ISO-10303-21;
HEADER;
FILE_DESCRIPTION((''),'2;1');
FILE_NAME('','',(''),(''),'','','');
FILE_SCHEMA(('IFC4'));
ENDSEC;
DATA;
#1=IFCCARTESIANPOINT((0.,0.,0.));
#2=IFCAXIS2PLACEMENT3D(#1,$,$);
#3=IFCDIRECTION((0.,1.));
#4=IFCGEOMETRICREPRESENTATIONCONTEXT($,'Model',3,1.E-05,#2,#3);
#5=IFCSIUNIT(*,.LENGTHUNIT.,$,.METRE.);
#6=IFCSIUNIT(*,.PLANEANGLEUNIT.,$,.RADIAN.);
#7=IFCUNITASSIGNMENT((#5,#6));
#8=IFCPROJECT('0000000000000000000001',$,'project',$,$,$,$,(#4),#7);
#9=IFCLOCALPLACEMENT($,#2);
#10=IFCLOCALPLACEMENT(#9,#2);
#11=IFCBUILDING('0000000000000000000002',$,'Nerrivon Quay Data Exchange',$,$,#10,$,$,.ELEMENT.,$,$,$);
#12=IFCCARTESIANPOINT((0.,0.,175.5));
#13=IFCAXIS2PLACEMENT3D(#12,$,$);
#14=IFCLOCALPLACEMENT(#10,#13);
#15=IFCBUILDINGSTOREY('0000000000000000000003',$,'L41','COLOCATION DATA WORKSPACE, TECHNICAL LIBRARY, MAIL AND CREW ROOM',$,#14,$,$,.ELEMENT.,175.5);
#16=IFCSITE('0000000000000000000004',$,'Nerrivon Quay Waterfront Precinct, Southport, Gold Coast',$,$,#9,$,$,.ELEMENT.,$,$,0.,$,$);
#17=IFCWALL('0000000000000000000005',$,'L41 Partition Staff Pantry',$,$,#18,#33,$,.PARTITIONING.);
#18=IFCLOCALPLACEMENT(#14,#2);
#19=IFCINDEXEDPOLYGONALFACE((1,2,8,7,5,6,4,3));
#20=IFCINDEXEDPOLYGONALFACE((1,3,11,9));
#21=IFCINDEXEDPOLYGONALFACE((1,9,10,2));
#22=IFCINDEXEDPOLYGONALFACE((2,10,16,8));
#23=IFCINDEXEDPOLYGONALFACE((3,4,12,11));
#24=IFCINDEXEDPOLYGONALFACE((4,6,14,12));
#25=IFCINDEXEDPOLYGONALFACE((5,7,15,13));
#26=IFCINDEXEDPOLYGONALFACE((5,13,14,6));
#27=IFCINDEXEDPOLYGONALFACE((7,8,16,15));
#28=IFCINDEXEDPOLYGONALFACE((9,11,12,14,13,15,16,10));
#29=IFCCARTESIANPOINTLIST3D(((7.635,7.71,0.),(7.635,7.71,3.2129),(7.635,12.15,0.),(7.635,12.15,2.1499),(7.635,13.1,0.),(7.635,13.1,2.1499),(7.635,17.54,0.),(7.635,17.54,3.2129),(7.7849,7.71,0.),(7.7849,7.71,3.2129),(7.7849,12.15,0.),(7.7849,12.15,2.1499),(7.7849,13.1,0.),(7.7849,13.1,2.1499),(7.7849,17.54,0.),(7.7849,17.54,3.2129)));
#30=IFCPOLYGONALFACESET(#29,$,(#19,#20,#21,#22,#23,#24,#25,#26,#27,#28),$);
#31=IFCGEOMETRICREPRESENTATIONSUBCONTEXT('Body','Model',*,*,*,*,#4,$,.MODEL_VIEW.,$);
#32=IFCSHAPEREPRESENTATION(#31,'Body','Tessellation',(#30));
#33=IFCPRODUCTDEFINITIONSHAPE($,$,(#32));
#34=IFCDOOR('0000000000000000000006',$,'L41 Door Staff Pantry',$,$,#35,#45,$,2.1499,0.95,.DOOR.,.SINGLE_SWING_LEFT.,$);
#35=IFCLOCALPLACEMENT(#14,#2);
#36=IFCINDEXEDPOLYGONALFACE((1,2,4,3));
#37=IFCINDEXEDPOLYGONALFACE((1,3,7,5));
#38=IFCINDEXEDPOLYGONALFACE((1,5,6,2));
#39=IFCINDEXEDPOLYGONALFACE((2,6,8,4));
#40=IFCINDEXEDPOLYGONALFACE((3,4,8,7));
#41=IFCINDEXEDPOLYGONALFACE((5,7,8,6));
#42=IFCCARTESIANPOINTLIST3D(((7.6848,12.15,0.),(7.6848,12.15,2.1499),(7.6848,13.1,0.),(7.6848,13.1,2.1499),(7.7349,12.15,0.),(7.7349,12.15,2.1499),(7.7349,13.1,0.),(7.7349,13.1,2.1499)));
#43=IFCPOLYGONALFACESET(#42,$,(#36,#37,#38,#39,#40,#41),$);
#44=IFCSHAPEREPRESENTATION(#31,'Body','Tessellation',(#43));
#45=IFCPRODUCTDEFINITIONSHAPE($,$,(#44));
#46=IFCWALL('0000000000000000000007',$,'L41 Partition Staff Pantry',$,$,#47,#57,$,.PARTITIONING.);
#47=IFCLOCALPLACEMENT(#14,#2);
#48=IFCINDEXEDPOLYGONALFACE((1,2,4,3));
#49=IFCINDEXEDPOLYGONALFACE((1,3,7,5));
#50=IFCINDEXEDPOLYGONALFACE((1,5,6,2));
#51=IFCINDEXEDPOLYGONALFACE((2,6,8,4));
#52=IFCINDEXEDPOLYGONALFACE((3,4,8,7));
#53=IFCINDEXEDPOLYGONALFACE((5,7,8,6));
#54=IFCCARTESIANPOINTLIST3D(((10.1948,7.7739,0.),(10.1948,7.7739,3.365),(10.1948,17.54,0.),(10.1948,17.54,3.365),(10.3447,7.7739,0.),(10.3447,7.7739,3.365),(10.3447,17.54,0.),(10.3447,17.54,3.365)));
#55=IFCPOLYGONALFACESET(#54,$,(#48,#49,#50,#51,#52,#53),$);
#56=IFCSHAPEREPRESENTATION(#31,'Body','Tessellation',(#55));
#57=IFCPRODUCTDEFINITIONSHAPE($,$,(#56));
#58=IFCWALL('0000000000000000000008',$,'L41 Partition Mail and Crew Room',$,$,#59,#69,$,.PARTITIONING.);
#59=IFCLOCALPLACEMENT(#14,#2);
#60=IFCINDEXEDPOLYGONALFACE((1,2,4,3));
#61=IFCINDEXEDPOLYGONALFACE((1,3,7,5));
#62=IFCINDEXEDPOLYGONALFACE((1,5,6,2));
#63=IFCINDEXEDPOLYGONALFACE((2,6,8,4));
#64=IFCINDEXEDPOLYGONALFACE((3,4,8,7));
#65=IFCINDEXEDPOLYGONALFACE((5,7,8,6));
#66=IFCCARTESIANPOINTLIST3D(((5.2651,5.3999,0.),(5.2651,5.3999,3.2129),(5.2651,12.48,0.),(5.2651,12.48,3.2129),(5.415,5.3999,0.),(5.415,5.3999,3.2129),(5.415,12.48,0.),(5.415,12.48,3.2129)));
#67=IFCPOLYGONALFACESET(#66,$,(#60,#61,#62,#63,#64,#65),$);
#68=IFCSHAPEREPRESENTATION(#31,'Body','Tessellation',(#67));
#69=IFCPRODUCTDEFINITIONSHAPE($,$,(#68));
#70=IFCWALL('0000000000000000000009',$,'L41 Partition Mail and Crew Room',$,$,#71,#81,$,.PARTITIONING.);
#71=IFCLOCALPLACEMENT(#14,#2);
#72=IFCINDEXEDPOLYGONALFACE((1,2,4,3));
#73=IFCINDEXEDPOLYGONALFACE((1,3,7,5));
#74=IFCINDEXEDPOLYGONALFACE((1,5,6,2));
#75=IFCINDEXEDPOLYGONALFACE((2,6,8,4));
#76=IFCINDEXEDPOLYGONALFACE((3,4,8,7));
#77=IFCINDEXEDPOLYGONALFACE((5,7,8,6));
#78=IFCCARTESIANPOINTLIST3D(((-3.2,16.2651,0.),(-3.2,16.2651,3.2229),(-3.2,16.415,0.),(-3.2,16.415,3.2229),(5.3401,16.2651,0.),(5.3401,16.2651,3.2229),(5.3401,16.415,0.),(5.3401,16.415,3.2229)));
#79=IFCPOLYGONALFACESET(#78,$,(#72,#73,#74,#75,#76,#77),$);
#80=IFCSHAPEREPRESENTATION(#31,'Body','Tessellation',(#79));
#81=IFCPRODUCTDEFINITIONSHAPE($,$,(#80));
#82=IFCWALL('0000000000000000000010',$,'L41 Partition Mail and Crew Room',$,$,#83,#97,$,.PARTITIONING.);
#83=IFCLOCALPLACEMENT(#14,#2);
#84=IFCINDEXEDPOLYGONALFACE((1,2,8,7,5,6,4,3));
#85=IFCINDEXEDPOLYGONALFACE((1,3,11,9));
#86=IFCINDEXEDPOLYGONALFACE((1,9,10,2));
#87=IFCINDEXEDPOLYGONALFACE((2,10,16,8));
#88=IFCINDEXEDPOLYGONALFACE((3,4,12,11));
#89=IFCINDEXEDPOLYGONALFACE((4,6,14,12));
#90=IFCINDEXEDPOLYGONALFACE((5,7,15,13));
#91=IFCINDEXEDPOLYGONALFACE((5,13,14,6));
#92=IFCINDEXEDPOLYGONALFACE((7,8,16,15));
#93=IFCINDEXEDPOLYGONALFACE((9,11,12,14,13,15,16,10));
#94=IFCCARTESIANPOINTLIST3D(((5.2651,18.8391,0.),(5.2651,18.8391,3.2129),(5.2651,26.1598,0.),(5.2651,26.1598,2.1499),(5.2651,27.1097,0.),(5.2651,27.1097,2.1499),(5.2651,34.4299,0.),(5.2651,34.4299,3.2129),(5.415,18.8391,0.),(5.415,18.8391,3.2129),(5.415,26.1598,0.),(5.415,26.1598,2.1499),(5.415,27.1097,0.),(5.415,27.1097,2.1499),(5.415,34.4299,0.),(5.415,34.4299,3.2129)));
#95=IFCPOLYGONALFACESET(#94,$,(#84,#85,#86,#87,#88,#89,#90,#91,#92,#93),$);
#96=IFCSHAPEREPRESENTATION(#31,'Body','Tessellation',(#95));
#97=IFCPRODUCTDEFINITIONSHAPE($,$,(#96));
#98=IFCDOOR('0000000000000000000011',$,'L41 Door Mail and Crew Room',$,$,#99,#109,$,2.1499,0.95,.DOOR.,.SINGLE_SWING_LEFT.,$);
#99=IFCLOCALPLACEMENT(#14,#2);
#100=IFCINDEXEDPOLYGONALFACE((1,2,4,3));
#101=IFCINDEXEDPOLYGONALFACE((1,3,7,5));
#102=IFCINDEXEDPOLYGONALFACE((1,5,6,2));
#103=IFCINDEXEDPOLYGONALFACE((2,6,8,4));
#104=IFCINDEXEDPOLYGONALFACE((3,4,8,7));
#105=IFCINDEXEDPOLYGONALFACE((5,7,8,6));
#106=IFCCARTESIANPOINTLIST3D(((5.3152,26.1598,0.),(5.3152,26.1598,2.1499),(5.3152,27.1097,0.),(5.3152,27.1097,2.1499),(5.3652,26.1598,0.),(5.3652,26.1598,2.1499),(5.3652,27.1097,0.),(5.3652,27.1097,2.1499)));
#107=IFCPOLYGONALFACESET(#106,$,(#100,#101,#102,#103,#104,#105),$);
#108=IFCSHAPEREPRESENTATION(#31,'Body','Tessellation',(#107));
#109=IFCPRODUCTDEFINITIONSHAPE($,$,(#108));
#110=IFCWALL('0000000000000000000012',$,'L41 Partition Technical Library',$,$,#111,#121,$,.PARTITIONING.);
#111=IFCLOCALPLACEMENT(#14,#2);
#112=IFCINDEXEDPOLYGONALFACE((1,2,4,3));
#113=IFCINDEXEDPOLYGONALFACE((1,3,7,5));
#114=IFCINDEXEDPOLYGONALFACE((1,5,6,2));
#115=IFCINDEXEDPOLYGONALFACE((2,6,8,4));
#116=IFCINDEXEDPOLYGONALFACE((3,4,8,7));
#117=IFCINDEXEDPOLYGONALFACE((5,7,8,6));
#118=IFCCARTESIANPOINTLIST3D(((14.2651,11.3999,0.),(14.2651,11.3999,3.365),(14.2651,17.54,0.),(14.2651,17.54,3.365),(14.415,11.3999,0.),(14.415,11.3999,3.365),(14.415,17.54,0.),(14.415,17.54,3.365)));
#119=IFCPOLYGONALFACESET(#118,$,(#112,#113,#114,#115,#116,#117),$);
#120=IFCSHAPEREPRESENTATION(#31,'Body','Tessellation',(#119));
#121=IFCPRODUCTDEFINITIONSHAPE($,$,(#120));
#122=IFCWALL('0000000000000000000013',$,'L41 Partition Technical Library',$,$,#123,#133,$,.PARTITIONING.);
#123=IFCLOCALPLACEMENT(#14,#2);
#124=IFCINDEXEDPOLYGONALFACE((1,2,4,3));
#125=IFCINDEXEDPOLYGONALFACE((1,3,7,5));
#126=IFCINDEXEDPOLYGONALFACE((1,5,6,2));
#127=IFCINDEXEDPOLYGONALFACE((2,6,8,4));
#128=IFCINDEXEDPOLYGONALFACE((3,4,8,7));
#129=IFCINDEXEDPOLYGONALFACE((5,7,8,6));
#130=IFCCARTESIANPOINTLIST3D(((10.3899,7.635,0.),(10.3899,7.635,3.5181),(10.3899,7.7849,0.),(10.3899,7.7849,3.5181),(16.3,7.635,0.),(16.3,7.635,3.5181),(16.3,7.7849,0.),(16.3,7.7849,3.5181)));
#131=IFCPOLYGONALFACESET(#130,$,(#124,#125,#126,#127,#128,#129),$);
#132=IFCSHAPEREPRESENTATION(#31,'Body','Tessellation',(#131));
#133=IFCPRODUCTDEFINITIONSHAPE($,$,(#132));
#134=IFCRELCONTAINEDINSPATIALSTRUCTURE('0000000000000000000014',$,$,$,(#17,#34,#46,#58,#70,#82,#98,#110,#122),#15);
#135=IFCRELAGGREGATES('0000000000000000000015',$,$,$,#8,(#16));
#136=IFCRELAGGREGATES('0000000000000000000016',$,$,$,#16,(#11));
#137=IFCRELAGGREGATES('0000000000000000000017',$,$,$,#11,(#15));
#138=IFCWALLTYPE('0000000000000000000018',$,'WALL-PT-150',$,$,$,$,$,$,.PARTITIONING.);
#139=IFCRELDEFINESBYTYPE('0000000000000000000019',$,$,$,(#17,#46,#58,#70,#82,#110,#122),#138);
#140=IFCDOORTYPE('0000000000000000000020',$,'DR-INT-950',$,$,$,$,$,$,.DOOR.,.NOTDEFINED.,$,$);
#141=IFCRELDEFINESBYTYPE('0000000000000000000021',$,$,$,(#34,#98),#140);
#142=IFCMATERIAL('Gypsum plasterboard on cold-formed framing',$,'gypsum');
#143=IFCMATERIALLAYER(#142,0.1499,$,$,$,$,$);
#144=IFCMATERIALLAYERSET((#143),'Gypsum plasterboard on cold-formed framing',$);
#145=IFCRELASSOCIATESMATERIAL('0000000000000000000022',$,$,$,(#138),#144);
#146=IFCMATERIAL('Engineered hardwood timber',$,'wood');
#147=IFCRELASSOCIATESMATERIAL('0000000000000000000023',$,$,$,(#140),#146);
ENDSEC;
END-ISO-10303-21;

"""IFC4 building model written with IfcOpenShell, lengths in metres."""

from ifc_helpers import new_model, si_unit, direction, frame, frame_2d, origin, place, context, subcontext, project, spatial, rectangle, extrude, material, layer, layer_set, type_object, element, fill, save


model = new_model("IFC4")

# Units and contexts
model_context = context("Model", 3, precision=1e-05, world=origin(), true_north=direction((0.0, 1.0)))
body_context = subcontext(model_context, "Body", "Model", "MODEL_VIEW")
ifc_project = project(units=[si_unit("LENGTHUNIT", "METRE"), si_unit("PLANEANGLEUNIT", "RADIAN")], contexts=[model_context])

# Site, building, storey
site_placement = place(None, origin())
site = spatial("IfcSite", under=ifc_project, at=site_placement, Name="Nerrivon Quay Waterfront Precinct, Southport, Gold Coast", CompositionType="ELEMENT", RefElevation=0.0)
building_placement = place(site_placement, origin())
building = spatial("IfcBuilding", under=site, at=building_placement, Name="Nerrivon Quay Data Exchange", CompositionType="ELEMENT")
storey_placement = place(building_placement, frame((0.0, 0.0, 175.5)))
storey = spatial("IfcBuildingStorey", under=building, at=storey_placement, Name="L41", Description="COLOCATION DATA WORKSPACE, TECHNICAL LIBRARY, MAIL AND CREW ROOM", CompositionType="ELEMENT", Elevation=175.5)

# Shared definitions
ifc_material_1 = material(Name="Gypsum plasterboard on cold-formed framing", Category="gypsum")

# Shared definitions
ifc_material_2 = material(Name="Engineered hardwood timber", Category="wood")

# Wall, opening, door
ifc_layer_1 = layer(ifc_material_1, 0.1499)
ifc_layer_set_1 = layer_set([ifc_layer_1], Name="Gypsum plasterboard on cold-formed framing")
wall_type_1 = type_object("IfcWallType", Name="WALL-PT-150", PredefinedType="PARTITIONING", material=ifc_layer_set_1)
wall_1_placement = place(storey_placement, frame((7.71, 17.54, 0.0), z_axis=(0.0, 0.0, 1.0), x_axis=(0.0, -1.0, 0.0)))
wall_1 = element("IfcWall", 1, at=wall_1_placement, inside=storey, type_object=wall_type_1, Name="L41 Partition Staff Pantry", PredefinedType="PARTITIONING", context=body_context, shape_type="SweptSolid", body=[
    extrude(rectangle(XDim=9.8301, YDim=0.1499, at=frame_2d((4.915, 0.0))), origin(), (0.0, 0.0, 1.0), 3.2129),
])
opening_1_placement = place(wall_1_placement, frame((4.4399, 0.0, 0.0)))
opening_1 = element("IfcOpeningElement", 2, at=opening_1_placement, cuts=wall_1, PredefinedType="OPENING", context=body_context, shape_type="SweptSolid", body=[
    extrude(rectangle(XDim=0.95, YDim=2.1499, at=frame_2d((0.4751, 1.075))), frame((0.0, 0.085, 0.0), z_axis=(0.0, -1.0, 0.0), x_axis=(1.0, 0.0, 0.0)), (0.0, 0.0, 1.0), 0.1699),
])
door_type_1 = type_object("IfcDoorType", Name="DR-INT-950", OperationType="NOTDEFINED", PredefinedType="DOOR", material=ifc_material_2)
door_1_placement = place(opening_1_placement, origin())
door_1 = element("IfcDoor", 3, at=door_1_placement, inside=storey, type_object=door_type_1, Name="L41 Door Staff Pantry", OperationType="SINGLE_SWING_LEFT", OverallHeight=2.1499, OverallWidth=0.95, PredefinedType="DOOR", context=body_context, shape_type="SweptSolid", body=[
    extrude(rectangle(XDim=0.95, YDim=2.1499, at=frame_2d((0.4751, 1.075))), frame((0.0, 0.0249, 0.0), z_axis=(0.0, -1.0, 0.0), x_axis=(1.0, 0.0, 0.0)), (0.0, 0.0, 1.0), 0.05),
])
fill(opening_1, door_1)

# Walls
wall_2_placement = place(storey_placement, frame((10.2698, 7.7739, 0.0), z_axis=(0.0, 0.0, 1.0), x_axis=(0.0, 1.0, 0.0)))
element("IfcWall", 4, at=wall_2_placement, inside=storey, type_object=wall_type_1, Name="L41 Partition Staff Pantry", PredefinedType="PARTITIONING", context=body_context, shape_type="SweptSolid", body=[
    extrude(rectangle(XDim=9.7661, YDim=0.1499, at=frame_2d((4.8831, 0.0))), origin(), (0.0, 0.0, 1.0), 3.365),
])
wall_3_placement = place(storey_placement, frame((5.3401, 5.3999, 0.0), z_axis=(0.0, 0.0, 1.0), x_axis=(0.0, 1.0, 0.0)))
element("IfcWall", 5, at=wall_3_placement, inside=storey, type_object=wall_type_1, Name="L41 Partition Mail and Crew Room", PredefinedType="PARTITIONING", context=body_context, shape_type="SweptSolid", body=[
    extrude(rectangle(XDim=7.0801, YDim=0.1499, at=frame_2d((3.54, 0.0))), origin(), (0.0, 0.0, 1.0), 3.2129),
])
wall_4_placement = place(storey_placement, frame((5.3401, 16.3401, 0.0), z_axis=(0.0, 0.0, 1.0), x_axis=(-1.0, 0.0, 0.0)))
element("IfcWall", 6, at=wall_4_placement, inside=storey, type_object=wall_type_1, Name="L41 Partition Mail and Crew Room", PredefinedType="PARTITIONING", context=body_context, shape_type="SweptSolid", body=[
    extrude(rectangle(XDim=8.54, YDim=0.1499, at=frame_2d((4.27, 0.0))), origin(), (0.0, 0.0, 1.0), 3.2229),
])

# Wall, opening, door
wall_5_placement = place(storey_placement, frame((5.3401, 18.8391, 0.0), z_axis=(0.0, 0.0, 1.0), x_axis=(0.0, 1.0, 0.0)))
wall_5 = element("IfcWall", 7, at=wall_5_placement, inside=storey, type_object=wall_type_1, Name="L41 Partition Mail and Crew Room", PredefinedType="PARTITIONING", context=body_context, shape_type="SweptSolid", body=[
    extrude(rectangle(XDim=15.5908, YDim=0.1499, at=frame_2d((7.7954, 0.0))), origin(), (0.0, 0.0, 1.0), 3.2129),
])
opening_2_placement = place(wall_5_placement, frame((7.3206, 0.0, 0.0)))
opening_2 = element("IfcOpeningElement", 8, at=opening_2_placement, cuts=wall_5, PredefinedType="OPENING", context=body_context, shape_type="SweptSolid", body=[
    extrude(rectangle(XDim=0.95, YDim=2.1499, at=frame_2d((0.4751, 1.075))), frame((0.0, 0.085, 0.0), z_axis=(0.0, -1.0, 0.0), x_axis=(1.0, 0.0, 0.0)), (0.0, 0.0, 1.0), 0.1699),
])
door_2_placement = place(opening_2_placement, origin())
door_2 = element("IfcDoor", 9, at=door_2_placement, inside=storey, type_object=door_type_1, Name="L41 Door Mail and Crew Room", OperationType="SINGLE_SWING_LEFT", OverallHeight=2.1499, OverallWidth=0.95, PredefinedType="DOOR", context=body_context, shape_type="SweptSolid", body=[
    extrude(rectangle(XDim=0.95, YDim=2.1499, at=frame_2d((0.4751, 1.075))), frame((0.0, 0.0249, 0.0), z_axis=(0.0, -1.0, 0.0), x_axis=(1.0, 0.0, 0.0)), (0.0, 0.0, 1.0), 0.05),
])
fill(opening_2, door_2)

# Walls
wall_6_placement = place(storey_placement, frame((14.3401, 11.3999, 0.0), z_axis=(0.0, 0.0, 1.0), x_axis=(0.0, 1.0, 0.0)))
element("IfcWall", 10, at=wall_6_placement, inside=storey, type_object=wall_type_1, Name="L41 Partition Technical Library", PredefinedType="PARTITIONING", context=body_context, shape_type="SweptSolid", body=[
    extrude(rectangle(XDim=6.1401, YDim=0.1499, at=frame_2d((3.0701, 0.0))), origin(), (0.0, 0.0, 1.0), 3.365),
])
wall_7_placement = place(storey_placement, frame((10.3899, 7.71, 0.0), z_axis=(0.0, 0.0, 1.0), x_axis=(1.0, 0.0, 0.0)))
element("IfcWall", 11, at=wall_7_placement, inside=storey, type_object=wall_type_1, Name="L41 Partition Technical Library", PredefinedType="PARTITIONING", context=body_context, shape_type="SweptSolid", body=[
    extrude(rectangle(XDim=5.9102, YDim=0.1499, at=frame_2d((2.9551, 0.0))), origin(), (0.0, 0.0, 1.0), 3.5181),
])

save(model, "model.ifc")
